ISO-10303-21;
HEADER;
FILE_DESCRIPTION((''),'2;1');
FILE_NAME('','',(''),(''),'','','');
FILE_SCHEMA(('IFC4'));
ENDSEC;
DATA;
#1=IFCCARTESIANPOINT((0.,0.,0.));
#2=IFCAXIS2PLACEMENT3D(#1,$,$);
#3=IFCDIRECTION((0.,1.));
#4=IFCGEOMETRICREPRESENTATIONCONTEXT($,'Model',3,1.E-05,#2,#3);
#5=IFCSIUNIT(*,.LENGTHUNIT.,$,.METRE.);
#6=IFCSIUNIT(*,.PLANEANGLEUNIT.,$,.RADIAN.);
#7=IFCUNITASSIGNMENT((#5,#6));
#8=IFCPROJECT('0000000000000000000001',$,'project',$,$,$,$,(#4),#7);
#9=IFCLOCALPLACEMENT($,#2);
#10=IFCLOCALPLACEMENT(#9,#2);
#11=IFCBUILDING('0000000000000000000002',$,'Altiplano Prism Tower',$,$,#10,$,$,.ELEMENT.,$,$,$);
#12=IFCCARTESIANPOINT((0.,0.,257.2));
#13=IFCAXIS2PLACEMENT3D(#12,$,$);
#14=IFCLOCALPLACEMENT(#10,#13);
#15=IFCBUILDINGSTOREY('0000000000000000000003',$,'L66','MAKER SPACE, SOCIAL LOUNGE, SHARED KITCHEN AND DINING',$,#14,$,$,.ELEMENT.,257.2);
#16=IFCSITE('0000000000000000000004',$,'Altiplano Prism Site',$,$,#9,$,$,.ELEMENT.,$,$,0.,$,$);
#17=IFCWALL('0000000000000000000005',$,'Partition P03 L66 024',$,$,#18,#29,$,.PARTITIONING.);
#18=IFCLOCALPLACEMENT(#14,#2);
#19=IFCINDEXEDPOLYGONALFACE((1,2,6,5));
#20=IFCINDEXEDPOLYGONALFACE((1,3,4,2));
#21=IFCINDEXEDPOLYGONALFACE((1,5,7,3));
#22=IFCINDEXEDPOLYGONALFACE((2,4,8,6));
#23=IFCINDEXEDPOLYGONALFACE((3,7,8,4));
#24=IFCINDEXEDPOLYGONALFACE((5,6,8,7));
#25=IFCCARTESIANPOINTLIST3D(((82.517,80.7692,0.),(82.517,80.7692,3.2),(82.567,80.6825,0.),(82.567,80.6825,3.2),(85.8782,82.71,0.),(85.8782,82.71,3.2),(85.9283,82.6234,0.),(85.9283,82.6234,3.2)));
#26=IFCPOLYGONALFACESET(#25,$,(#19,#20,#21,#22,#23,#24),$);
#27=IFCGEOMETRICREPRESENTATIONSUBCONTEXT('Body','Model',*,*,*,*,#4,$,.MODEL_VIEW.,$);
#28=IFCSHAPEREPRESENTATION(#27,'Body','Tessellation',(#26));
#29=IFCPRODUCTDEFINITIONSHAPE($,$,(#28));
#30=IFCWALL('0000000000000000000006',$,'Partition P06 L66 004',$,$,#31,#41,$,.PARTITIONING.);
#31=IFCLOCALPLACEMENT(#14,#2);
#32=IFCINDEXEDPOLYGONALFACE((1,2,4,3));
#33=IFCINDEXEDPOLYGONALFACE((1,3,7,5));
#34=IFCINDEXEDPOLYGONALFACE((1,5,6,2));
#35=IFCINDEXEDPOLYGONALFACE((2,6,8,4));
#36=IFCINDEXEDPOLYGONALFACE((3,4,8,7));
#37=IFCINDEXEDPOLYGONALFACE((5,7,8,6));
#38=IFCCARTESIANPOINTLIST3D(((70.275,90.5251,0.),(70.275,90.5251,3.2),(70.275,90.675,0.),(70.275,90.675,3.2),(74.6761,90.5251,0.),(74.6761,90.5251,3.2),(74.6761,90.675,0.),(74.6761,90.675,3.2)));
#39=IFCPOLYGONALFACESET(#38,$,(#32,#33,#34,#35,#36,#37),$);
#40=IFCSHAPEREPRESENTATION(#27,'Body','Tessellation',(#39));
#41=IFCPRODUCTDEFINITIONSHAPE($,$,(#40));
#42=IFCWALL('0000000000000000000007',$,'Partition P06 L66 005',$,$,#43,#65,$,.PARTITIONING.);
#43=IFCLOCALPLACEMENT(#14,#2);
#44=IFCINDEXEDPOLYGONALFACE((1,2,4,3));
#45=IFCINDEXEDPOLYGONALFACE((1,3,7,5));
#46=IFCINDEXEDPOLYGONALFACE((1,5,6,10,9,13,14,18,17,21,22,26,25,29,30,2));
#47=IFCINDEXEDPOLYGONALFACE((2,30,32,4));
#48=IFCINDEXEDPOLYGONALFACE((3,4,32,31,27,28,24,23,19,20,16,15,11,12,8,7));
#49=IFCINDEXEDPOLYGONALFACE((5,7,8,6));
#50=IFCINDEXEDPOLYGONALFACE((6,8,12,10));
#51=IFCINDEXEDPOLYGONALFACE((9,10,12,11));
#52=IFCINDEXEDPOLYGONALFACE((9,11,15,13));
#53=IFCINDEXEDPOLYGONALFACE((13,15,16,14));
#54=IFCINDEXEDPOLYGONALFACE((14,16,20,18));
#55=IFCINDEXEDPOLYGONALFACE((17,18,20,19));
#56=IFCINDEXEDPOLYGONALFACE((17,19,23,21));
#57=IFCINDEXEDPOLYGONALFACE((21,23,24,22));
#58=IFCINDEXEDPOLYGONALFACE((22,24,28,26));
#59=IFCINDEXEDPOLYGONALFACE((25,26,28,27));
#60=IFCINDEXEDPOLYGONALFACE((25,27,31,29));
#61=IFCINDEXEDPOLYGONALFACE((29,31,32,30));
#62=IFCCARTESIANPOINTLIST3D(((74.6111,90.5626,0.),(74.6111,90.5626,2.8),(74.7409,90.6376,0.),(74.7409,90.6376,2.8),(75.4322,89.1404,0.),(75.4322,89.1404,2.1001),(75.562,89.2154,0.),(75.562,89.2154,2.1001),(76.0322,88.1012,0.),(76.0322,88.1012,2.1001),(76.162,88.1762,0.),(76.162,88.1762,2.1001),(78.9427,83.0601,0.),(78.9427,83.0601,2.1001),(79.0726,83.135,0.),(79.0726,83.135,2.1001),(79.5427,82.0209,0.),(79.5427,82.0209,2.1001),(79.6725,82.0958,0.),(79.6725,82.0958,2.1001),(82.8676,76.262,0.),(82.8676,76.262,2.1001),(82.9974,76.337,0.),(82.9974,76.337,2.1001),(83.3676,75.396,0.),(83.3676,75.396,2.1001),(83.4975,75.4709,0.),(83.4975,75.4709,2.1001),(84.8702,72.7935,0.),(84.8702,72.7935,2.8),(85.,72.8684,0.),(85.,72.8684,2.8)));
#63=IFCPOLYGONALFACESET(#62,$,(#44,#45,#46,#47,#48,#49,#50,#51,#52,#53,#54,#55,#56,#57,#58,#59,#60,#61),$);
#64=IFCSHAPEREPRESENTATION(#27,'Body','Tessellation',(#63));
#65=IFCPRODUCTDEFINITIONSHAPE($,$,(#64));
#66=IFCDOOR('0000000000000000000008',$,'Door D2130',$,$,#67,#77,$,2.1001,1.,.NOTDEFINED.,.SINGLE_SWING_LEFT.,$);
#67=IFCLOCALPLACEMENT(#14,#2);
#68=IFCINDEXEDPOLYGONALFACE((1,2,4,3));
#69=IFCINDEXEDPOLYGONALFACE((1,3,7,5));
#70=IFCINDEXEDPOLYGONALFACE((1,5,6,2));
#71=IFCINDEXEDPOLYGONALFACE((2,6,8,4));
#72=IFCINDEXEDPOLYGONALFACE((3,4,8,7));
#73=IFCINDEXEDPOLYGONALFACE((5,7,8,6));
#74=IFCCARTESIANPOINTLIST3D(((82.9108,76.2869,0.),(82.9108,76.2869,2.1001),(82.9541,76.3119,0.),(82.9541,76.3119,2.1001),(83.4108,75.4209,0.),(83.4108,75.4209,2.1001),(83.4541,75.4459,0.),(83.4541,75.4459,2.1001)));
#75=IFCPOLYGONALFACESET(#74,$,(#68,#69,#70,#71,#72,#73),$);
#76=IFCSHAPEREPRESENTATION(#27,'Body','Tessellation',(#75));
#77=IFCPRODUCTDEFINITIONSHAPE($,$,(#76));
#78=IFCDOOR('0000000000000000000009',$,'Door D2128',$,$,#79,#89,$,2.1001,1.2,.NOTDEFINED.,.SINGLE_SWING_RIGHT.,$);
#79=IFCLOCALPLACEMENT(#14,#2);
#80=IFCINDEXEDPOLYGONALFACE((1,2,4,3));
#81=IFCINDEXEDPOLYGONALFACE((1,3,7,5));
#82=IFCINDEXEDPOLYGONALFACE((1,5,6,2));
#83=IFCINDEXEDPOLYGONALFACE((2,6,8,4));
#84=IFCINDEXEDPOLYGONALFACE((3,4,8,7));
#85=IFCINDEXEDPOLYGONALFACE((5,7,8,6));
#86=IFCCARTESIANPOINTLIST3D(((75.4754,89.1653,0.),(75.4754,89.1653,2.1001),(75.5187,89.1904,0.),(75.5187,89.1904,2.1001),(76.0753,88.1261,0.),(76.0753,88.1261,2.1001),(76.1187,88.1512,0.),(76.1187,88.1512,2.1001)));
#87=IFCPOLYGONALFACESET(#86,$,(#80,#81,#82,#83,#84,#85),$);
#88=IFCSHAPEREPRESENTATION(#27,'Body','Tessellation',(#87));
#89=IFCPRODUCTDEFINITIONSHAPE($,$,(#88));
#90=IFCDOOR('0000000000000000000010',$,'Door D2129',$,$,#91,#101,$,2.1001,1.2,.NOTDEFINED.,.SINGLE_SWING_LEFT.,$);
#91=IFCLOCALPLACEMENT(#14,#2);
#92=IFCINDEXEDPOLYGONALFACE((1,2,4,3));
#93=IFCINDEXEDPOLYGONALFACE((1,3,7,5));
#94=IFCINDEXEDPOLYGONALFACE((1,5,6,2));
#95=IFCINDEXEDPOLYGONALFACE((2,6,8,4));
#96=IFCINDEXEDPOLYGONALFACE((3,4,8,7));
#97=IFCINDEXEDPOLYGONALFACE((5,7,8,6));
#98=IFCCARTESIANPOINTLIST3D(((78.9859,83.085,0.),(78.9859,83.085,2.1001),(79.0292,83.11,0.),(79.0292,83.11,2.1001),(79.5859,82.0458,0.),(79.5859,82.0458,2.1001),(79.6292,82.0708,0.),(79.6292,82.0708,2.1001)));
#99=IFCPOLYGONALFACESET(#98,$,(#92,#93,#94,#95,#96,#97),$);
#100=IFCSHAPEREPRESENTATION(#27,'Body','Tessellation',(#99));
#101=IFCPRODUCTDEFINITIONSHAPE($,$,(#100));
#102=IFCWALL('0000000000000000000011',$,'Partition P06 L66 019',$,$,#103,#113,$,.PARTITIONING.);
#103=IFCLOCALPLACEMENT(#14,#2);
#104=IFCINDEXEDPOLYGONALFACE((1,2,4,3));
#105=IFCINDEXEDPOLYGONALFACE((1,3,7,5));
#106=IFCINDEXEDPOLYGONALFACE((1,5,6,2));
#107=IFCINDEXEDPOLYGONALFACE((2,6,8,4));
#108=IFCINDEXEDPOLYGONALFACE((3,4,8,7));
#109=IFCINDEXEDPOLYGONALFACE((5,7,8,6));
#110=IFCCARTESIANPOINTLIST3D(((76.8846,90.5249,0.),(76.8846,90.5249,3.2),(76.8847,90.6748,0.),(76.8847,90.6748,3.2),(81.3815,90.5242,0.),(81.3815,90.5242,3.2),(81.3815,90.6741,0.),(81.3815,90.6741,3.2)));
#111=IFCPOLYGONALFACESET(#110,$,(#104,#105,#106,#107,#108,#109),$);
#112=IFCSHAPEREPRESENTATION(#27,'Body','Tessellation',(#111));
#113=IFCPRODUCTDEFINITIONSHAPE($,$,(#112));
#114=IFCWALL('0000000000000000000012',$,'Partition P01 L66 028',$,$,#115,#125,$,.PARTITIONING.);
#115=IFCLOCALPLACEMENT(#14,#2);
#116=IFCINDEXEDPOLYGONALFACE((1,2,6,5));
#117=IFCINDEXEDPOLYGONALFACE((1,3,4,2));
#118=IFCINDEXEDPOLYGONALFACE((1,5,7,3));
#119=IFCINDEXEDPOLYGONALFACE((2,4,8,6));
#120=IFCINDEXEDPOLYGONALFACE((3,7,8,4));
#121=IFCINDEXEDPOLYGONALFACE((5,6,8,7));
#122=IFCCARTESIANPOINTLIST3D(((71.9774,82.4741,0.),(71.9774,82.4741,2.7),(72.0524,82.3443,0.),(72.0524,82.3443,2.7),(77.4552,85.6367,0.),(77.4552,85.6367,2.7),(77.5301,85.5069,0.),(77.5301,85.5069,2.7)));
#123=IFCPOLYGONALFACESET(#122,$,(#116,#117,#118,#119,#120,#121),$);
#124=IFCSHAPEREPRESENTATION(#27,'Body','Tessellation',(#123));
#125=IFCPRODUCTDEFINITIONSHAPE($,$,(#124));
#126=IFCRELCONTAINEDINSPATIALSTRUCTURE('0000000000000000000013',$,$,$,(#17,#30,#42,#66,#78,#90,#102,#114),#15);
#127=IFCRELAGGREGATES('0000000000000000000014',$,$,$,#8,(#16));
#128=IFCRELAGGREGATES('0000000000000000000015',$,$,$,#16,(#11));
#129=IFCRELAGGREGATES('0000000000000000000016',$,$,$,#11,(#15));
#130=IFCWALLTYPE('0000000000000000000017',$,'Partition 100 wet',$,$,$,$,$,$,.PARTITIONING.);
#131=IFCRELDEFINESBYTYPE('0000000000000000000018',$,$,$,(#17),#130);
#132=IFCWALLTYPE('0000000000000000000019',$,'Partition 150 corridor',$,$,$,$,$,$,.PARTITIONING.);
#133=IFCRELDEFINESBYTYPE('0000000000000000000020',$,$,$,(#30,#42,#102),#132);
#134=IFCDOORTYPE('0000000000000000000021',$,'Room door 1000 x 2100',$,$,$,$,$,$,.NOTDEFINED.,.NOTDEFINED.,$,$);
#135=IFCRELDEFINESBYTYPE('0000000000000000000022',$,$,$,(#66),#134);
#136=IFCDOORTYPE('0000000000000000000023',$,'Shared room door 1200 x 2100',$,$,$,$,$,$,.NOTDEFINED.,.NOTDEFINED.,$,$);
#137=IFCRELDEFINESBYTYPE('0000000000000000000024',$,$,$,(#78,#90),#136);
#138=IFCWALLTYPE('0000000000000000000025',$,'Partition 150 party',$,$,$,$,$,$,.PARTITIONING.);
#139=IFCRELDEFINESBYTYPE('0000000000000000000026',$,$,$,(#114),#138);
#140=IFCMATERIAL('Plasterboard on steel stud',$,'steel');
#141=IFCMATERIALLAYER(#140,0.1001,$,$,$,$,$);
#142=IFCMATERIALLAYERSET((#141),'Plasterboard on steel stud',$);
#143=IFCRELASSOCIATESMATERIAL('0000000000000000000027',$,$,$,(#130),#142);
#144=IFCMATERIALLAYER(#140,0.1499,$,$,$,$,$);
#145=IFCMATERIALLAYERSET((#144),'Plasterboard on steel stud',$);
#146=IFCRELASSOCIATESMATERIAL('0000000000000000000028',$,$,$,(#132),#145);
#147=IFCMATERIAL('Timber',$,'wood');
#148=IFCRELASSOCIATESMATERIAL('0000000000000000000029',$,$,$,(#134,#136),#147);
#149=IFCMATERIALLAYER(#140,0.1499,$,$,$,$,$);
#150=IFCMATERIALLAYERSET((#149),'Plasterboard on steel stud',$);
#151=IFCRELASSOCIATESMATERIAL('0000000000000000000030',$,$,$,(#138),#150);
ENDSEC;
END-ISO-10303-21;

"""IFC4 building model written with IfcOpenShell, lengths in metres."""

from ifc_helpers import new_model, si_unit, direction, frame, frame_2d, origin, place, context, subcontext, project, spatial, rectangle, extrude, material, layer, layer_set, type_object, element, fill, save


model = new_model("IFC4")

# Units and contexts
model_context = context("Model", 3, precision=1e-05, world=origin(), true_north=direction((0.0, 1.0)))
body_context = subcontext(model_context, "Body", "Model", "MODEL_VIEW")
ifc_project = project(units=[si_unit("LENGTHUNIT", "METRE"), si_unit("PLANEANGLEUNIT", "RADIAN")], contexts=[model_context])

# Site, building, storey
site_placement = place(None, origin())
site = spatial("IfcSite", under=ifc_project, at=site_placement, Name="Altiplano Prism Site", CompositionType="ELEMENT", RefElevation=0.0)
building_placement = place(site_placement, origin())
building = spatial("IfcBuilding", under=site, at=building_placement, Name="Altiplano Prism Tower", CompositionType="ELEMENT")
storey_placement = place(building_placement, frame((0.0, 0.0, 257.2)))
storey = spatial("IfcBuildingStorey", under=building, at=storey_placement, Name="L66", Description="MAKER SPACE, SOCIAL LOUNGE, SHARED KITCHEN AND DINING", CompositionType="ELEMENT", Elevation=257.2)

# Walls
ifc_material_1 = material(Name="Plasterboard on steel stud", Category="steel")
ifc_layer_1 = layer(ifc_material_1, 0.1001)
ifc_layer_set_1 = layer_set([ifc_layer_1], Name="Plasterboard on steel stud")
wall_type_1 = type_object("IfcWallType", Name="Partition 100 wet", PredefinedType="PARTITIONING", material=ifc_layer_set_1)
wall_1_placement = place(storey_placement, frame((82.542, 80.7258, 0.0), z_axis=(0.0, 0.0, 1.0), x_axis=(0.865997, 0.500049, 0.0)))
element("IfcWall", 1, at=wall_1_placement, inside=storey, type_object=wall_type_1, Name="Partition P03 L66 024", PredefinedType="PARTITIONING", context=body_context, shape_type="SweptSolid", body=[
    extrude(rectangle(XDim=3.8813, YDim=0.1001, at=frame_2d((1.9407, 0.0))), origin(), (0.0, 0.0, 1.0), 3.2),
])
ifc_layer_2 = layer(ifc_material_1, 0.1499)
ifc_layer_set_2 = layer_set([ifc_layer_2], Name="Plasterboard on steel stud")
wall_type_2 = type_object("IfcWallType", Name="Partition 150 corridor", PredefinedType="PARTITIONING", material=ifc_layer_set_2)
wall_2_placement = place(storey_placement, frame((70.2749, 90.6001, 0.0), z_axis=(0.0, 0.0, 1.0), x_axis=(1.0, 0.0, 0.0)))
element("IfcWall", 2, at=wall_2_placement, inside=storey, type_object=wall_type_2, Name="Partition P06 L66 004", PredefinedType="PARTITIONING", context=body_context, shape_type="SweptSolid", body=[
    extrude(rectangle(XDim=4.4011, YDim=0.1499, at=frame_2d((2.2007, 0.0))), origin(), (0.0, 0.0, 1.0), 3.2),
])

# Wall, openings, doors
wall_3_placement = place(storey_placement, frame((74.676, 90.6001, 0.0), z_axis=(0.0, 0.0, 1.0), x_axis=(0.500003, -0.866024, 0.0)))
wall_3 = element("IfcWall", 3, at=wall_3_placement, inside=storey, type_object=wall_type_2, Name="Partition P06 L66 005", PredefinedType="PARTITIONING", context=body_context, shape_type="SweptSolid", body=[
    extrude(rectangle(XDim=20.5181, YDim=0.1499, at=frame_2d((10.259, 0.0))), origin(), (0.0, 0.0, 1.0), 2.8),
])
opening_1_placement = place(wall_3_placement, frame((1.6421, 0.0, 0.0)))
opening_1 = element("IfcOpeningElement", 4, at=opening_1_placement, cuts=wall_3, PredefinedType="OPENING", context=body_context, shape_type="SweptSolid", body=[
    extrude(rectangle(XDim=1.2, YDim=2.1001, at=frame_2d((0.6001, 1.05))), frame((0.0, 0.0854, 0.0), z_axis=(0.0, -1.0, 0.0), x_axis=(1.0, 0.0, 0.0)), (0.0, 0.0, 1.0), 0.1709),
])
opening_2_placement = place(wall_3_placement, frame((8.6631, 0.0, 0.0)))
opening_2 = element("IfcOpeningElement", 5, at=opening_2_placement, cuts=wall_3, PredefinedType="OPENING", context=body_context, shape_type="SweptSolid", body=[
    extrude(rectangle(XDim=1.2, YDim=2.1001, at=frame_2d((0.6001, 1.05))), frame((0.0, 0.0854, 0.0), z_axis=(0.0, -1.0, 0.0), x_axis=(1.0, 0.0, 0.0)), (0.0, 0.0, 1.0), 0.1709),
])
opening_3_placement = place(wall_3_placement, frame((16.5129, 0.0, 0.0)))
opening_3 = element("IfcOpeningElement", 6, at=opening_3_placement, cuts=wall_3, PredefinedType="OPENING", context=body_context, shape_type="SweptSolid", body=[
    extrude(rectangle(XDim=1.0, YDim=2.1001, at=frame_2d((0.5, 1.05))), frame((0.0, 0.0854, 0.0), z_axis=(0.0, -1.0, 0.0), x_axis=(1.0, 0.0, 0.0)), (0.0, 0.0, 1.0), 0.1709),
])
ifc_material_2 = material(Name="Timber", Category="wood")
door_type_1 = type_object("IfcDoorType", Name="Room door 1000 x 2100", OperationType="NOTDEFINED", PredefinedType="NOTDEFINED", material=ifc_material_2)
door_1_placement = place(opening_3_placement, origin())
door_1 = element("IfcDoor", 7, at=door_1_placement, inside=storey, type_object=door_type_1, Name="Door D2130", OperationType="SINGLE_SWING_LEFT", OverallHeight=2.1001, OverallWidth=1.0, PredefinedType="NOTDEFINED", context=body_context, shape_type="SweptSolid", body=[
    extrude(rectangle(XDim=1.0, YDim=2.1001, at=frame_2d((0.5, 1.05))), frame((0.0, 0.0249, 0.0), z_axis=(0.0, -1.0, 0.0), x_axis=(1.0, 0.0, 0.0)), (0.0, 0.0, 1.0), 0.05),
])
fill(opening_3, door_1)
door_type_2 = type_object("IfcDoorType", Name="Shared room door 1200 x 2100", OperationType="NOTDEFINED", PredefinedType="NOTDEFINED", material=ifc_material_2)
door_2_placement = place(opening_1_placement, origin())
door_2 = element("IfcDoor", 8, at=door_2_placement, inside=storey, type_object=door_type_2, Name="Door D2128", OperationType="SINGLE_SWING_RIGHT", OverallHeight=2.1001, OverallWidth=1.2, PredefinedType="NOTDEFINED", context=body_context, shape_type="SweptSolid", body=[
    extrude(rectangle(XDim=1.2, YDim=2.1001, at=frame_2d((0.6001, 1.05))), frame((0.0, 0.0249, 0.0), z_axis=(0.0, -1.0, 0.0), x_axis=(1.0, 0.0, 0.0)), (0.0, 0.0, 1.0), 0.05),
])
fill(opening_1, door_2)
door_3_placement = place(opening_2_placement, origin())
door_3 = element("IfcDoor", 9, at=door_3_placement, inside=storey, type_object=door_type_2, Name="Door D2129", OperationType="SINGLE_SWING_LEFT", OverallHeight=2.1001, OverallWidth=1.2, PredefinedType="NOTDEFINED", context=body_context, shape_type="SweptSolid", body=[
    extrude(rectangle(XDim=1.2, YDim=2.1001, at=frame_2d((0.6001, 1.05))), frame((0.0, 0.0249, 0.0), z_axis=(0.0, -1.0, 0.0), x_axis=(1.0, 0.0, 0.0)), (0.0, 0.0, 1.0), 0.05),
])
fill(opening_2, door_3)

# Walls
wall_4_placement = place(storey_placement, frame((76.8845, 90.5999, 0.0), z_axis=(0.0, 0.0, 1.0), x_axis=(1.0, -0.000163, 0.0)))
element("IfcWall", 10, at=wall_4_placement, inside=storey, type_object=wall_type_2, Name="Partition P06 L66 019", PredefinedType="PARTITIONING", context=body_context, shape_type="SweptSolid", body=[
    extrude(rectangle(XDim=4.4968, YDim=0.1499, at=frame_2d((2.2485, 0.0))), origin(), (0.0, 0.0, 1.0), 3.2),
])
ifc_layer_3 = layer(ifc_material_1, 0.1499)
ifc_layer_set_3 = layer_set([ifc_layer_3], Name="Plasterboard on steel stud")
wall_type_3 = type_object("IfcWallType", Name="Partition 150 party", PredefinedType="PARTITIONING", material=ifc_layer_set_3)
wall_5_placement = place(storey_placement, frame((72.0149, 82.4092, 0.0), z_axis=(0.0, 0.0, 1.0), x_axis=(0.866026, 0.5, 0.0)))
element("IfcWall", 11, at=wall_5_placement, inside=storey, type_object=wall_type_3, Name="Partition P01 L66 028", PredefinedType="PARTITIONING", context=body_context, shape_type="SweptSolid", body=[
    extrude(rectangle(XDim=6.3252, YDim=0.1499, at=frame_2d((3.1626, 0.0))), origin(), (0.0, 0.0, 1.0), 2.7),
])

save(model, "model.ifc")
